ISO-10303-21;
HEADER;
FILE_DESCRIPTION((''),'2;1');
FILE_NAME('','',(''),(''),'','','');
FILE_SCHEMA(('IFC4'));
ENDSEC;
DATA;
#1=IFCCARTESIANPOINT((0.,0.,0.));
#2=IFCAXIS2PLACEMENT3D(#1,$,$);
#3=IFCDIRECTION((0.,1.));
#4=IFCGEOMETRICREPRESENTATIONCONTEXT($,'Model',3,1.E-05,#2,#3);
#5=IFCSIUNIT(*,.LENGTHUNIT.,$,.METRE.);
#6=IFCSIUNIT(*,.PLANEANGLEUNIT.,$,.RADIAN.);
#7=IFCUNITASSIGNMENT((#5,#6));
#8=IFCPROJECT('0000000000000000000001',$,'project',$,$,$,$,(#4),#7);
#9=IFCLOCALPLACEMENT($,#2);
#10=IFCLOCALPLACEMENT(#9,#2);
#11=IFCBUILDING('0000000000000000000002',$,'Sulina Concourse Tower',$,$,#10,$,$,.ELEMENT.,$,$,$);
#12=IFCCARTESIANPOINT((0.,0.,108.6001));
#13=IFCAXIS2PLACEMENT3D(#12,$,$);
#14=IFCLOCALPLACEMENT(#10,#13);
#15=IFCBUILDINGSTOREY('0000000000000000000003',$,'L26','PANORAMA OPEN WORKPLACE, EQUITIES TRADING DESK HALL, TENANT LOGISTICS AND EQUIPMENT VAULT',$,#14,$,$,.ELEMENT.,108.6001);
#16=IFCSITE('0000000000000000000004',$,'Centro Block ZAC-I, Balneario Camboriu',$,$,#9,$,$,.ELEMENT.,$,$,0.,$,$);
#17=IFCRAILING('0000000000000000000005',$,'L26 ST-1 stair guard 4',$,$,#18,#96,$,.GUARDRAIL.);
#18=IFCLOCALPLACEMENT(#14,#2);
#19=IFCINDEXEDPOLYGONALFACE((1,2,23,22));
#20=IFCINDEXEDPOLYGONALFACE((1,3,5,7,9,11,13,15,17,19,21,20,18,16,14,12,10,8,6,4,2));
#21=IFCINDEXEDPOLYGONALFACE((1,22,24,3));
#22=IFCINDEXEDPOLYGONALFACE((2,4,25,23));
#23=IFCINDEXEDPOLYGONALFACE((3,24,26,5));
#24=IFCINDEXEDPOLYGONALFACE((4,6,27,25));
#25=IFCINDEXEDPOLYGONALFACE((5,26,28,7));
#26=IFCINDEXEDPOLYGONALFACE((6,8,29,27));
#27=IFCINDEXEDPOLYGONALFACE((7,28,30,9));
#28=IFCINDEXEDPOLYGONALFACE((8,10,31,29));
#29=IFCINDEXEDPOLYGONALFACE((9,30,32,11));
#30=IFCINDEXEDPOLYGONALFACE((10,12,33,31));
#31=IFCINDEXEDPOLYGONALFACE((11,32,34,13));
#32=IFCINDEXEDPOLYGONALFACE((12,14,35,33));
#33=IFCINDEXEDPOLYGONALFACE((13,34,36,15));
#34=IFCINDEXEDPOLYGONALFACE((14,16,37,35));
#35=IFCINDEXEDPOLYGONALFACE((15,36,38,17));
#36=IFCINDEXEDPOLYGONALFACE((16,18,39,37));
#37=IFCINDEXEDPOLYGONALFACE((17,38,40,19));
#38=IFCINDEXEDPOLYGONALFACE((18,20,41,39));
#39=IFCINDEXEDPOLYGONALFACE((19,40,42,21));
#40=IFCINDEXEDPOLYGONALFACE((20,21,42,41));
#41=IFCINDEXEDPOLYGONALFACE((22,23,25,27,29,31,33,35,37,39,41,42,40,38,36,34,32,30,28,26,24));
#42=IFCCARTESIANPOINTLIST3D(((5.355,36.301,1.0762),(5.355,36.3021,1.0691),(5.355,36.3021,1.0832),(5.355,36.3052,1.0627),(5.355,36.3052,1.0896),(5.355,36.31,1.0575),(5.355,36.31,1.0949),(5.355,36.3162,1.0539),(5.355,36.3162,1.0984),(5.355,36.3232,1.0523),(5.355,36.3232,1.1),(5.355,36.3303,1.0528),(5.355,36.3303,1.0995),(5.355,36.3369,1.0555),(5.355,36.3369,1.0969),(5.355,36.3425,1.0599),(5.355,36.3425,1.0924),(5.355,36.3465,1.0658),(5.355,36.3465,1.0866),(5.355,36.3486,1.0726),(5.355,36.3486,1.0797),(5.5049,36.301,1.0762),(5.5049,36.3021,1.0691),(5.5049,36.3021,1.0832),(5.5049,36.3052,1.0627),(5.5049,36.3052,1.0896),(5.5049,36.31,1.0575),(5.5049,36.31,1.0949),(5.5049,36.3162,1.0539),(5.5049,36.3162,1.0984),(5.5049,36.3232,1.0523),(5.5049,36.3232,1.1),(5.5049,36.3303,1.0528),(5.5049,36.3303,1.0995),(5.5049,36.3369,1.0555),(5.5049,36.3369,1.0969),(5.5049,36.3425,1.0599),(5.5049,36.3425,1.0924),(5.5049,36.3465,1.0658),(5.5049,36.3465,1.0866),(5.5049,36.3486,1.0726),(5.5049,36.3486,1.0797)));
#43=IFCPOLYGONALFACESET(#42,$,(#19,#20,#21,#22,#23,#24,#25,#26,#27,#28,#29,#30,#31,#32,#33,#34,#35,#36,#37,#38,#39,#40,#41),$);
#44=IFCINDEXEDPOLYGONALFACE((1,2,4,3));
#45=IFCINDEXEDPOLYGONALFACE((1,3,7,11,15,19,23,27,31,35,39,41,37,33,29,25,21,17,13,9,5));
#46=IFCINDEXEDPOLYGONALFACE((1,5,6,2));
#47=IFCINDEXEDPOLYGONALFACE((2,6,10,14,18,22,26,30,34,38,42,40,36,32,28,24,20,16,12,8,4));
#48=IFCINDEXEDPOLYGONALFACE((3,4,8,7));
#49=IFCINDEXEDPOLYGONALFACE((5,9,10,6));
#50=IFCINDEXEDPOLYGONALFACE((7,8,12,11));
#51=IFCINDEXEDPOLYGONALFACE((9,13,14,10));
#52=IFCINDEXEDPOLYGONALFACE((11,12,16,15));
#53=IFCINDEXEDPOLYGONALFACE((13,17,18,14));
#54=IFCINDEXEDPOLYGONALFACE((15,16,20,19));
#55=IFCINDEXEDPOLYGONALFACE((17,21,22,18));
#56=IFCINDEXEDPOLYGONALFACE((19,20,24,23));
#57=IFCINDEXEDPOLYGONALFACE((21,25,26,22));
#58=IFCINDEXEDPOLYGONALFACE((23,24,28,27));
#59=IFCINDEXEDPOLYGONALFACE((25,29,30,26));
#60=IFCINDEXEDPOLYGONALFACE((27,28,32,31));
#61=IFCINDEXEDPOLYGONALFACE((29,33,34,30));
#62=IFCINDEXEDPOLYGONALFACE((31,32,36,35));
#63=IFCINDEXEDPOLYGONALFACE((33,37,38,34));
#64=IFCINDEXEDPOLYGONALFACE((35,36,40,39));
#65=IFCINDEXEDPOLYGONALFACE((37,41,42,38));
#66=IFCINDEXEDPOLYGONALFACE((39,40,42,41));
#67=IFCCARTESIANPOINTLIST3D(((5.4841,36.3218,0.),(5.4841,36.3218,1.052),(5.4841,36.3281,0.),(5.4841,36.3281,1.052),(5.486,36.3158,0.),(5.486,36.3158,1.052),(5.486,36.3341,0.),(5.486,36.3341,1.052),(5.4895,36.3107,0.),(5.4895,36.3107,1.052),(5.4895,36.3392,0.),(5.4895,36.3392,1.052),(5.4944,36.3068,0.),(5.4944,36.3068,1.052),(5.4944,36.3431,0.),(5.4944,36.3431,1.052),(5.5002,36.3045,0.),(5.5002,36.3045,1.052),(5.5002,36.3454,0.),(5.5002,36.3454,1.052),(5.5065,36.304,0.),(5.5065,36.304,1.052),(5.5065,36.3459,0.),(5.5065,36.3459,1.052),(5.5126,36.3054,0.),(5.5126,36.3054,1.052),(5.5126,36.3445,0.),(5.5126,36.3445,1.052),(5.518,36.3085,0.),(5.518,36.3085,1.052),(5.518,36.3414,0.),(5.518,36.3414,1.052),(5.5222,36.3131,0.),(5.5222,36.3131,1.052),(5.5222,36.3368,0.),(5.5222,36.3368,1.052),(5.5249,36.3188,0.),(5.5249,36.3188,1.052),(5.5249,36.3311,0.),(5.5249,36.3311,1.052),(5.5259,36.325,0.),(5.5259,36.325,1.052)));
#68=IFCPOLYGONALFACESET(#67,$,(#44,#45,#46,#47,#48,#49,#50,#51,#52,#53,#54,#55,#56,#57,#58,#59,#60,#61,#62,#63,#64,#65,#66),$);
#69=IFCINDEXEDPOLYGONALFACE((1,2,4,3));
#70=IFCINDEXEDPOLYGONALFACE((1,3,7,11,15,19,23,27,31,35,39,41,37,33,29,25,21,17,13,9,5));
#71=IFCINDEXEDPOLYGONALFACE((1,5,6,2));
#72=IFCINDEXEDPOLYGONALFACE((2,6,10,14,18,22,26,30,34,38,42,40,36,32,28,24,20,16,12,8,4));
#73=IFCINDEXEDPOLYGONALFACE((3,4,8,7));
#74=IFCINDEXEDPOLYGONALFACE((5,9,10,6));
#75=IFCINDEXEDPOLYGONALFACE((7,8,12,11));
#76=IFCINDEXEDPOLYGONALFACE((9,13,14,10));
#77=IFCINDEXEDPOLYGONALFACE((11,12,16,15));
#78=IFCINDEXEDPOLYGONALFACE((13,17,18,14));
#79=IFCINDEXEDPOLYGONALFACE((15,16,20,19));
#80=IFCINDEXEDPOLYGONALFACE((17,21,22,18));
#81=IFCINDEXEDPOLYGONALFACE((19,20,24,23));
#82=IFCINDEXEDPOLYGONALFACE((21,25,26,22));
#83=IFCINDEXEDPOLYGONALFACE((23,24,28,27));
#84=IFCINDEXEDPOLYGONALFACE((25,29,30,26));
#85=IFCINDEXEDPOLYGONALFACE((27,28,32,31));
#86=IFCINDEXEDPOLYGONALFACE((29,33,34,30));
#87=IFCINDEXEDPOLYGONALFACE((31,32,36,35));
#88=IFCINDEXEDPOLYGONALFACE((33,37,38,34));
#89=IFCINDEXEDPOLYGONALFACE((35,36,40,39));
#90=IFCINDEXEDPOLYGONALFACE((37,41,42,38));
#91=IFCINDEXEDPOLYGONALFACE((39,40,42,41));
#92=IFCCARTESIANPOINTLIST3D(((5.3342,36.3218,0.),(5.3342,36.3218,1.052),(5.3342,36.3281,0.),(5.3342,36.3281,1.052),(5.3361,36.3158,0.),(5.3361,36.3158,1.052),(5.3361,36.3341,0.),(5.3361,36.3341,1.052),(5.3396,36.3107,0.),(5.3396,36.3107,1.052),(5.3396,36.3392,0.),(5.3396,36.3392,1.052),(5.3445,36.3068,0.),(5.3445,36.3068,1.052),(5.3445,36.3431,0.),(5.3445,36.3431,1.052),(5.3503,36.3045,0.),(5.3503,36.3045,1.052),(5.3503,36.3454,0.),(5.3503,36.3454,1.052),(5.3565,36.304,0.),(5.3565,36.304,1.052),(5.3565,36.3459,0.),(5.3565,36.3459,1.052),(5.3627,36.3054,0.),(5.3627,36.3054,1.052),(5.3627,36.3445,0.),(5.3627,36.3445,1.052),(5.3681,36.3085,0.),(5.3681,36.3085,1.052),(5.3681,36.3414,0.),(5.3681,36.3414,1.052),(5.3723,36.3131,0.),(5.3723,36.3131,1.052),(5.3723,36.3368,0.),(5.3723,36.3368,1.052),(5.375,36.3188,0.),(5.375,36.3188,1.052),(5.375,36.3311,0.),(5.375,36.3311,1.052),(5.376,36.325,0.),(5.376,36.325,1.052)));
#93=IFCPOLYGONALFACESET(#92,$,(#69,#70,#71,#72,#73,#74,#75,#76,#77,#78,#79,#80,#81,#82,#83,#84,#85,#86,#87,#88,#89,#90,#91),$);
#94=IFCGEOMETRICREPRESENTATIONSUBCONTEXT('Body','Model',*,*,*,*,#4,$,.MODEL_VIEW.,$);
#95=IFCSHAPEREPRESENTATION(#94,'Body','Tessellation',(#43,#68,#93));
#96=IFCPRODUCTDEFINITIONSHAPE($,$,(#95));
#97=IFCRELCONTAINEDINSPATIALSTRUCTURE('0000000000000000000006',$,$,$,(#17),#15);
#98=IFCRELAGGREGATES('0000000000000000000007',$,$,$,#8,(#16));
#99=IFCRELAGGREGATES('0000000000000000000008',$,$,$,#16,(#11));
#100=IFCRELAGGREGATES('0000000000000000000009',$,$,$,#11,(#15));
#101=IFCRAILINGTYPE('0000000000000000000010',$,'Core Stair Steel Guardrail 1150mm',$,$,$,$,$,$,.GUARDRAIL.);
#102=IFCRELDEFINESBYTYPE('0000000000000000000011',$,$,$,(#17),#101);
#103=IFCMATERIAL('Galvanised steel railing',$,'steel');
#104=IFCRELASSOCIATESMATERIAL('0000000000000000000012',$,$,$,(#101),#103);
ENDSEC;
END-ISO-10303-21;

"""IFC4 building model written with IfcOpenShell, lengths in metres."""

from ifc_helpers import new_model, si_unit, direction, frame, origin, origin_2d, place, context, subcontext, project, spatial, circle, extrude, material, type_object, element, save


model = new_model("IFC4")

# Units and contexts
model_context = context("Model", 3, precision=1e-05, world=origin(), true_north=direction((0.0, 1.0)))
body_context = subcontext(model_context, "Body", "Model", "MODEL_VIEW")
ifc_project = project(units=[si_unit("LENGTHUNIT", "METRE"), si_unit("PLANEANGLEUNIT", "RADIAN")], contexts=[model_context])

# Site, building, storey
site_placement = place(None, origin())
site = spatial("IfcSite", under=ifc_project, at=site_placement, Name="Centro Block ZAC-I, Balneario Camboriu", CompositionType="ELEMENT", RefElevation=0.0)
building_placement = place(site_placement, origin())
building = spatial("IfcBuilding", under=site, at=building_placement, Name="Sulina Concourse Tower", CompositionType="ELEMENT")
storey_placement = place(building_placement, frame((0.0, 0.0, 108.6001)))
storey = spatial("IfcBuildingStorey", under=building, at=storey_placement, Name="L26", Description="PANORAMA OPEN WORKPLACE, EQUITIES TRADING DESK HALL, TENANT LOGISTICS AND EQUIPMENT VAULT", CompositionType="ELEMENT", Elevation=108.6001)

# Railing
ifc_material_1 = material(Name="Galvanised steel railing", Category="steel")
railing_type_1 = type_object("IfcRailingType", Name="Core Stair Steel Guardrail 1150mm", PredefinedType="GUARDRAIL", material=ifc_material_1)
railing_1_placement = place(storey_placement, frame((5.5049, 36.325, 0.0)))
element("IfcRailing", 1, at=railing_1_placement, inside=storey, type_object=railing_type_1, Name="L26 ST-1 stair guard 4", PredefinedType="GUARDRAIL", context=body_context, shape_type="SweptSolid", body=[
    extrude(circle(Radius=0.0239, at=origin_2d()), frame((0.0, 0.0, 1.0762), z_axis=(-1.0, 0.0, 0.0), x_axis=(0.0, -1.0, 0.0)), (0.0, 0.0, 1.0), 0.1499),
    extrude(circle(Radius=0.021, at=origin_2d()), origin(), (0.0, 0.0, 1.0), 1.052),
    extrude(circle(Radius=0.021, at=origin_2d()), frame((-0.1499, 0.0, 0.0)), (0.0, 0.0, 1.0), 1.052),
])

save(model, "model.ifc")
